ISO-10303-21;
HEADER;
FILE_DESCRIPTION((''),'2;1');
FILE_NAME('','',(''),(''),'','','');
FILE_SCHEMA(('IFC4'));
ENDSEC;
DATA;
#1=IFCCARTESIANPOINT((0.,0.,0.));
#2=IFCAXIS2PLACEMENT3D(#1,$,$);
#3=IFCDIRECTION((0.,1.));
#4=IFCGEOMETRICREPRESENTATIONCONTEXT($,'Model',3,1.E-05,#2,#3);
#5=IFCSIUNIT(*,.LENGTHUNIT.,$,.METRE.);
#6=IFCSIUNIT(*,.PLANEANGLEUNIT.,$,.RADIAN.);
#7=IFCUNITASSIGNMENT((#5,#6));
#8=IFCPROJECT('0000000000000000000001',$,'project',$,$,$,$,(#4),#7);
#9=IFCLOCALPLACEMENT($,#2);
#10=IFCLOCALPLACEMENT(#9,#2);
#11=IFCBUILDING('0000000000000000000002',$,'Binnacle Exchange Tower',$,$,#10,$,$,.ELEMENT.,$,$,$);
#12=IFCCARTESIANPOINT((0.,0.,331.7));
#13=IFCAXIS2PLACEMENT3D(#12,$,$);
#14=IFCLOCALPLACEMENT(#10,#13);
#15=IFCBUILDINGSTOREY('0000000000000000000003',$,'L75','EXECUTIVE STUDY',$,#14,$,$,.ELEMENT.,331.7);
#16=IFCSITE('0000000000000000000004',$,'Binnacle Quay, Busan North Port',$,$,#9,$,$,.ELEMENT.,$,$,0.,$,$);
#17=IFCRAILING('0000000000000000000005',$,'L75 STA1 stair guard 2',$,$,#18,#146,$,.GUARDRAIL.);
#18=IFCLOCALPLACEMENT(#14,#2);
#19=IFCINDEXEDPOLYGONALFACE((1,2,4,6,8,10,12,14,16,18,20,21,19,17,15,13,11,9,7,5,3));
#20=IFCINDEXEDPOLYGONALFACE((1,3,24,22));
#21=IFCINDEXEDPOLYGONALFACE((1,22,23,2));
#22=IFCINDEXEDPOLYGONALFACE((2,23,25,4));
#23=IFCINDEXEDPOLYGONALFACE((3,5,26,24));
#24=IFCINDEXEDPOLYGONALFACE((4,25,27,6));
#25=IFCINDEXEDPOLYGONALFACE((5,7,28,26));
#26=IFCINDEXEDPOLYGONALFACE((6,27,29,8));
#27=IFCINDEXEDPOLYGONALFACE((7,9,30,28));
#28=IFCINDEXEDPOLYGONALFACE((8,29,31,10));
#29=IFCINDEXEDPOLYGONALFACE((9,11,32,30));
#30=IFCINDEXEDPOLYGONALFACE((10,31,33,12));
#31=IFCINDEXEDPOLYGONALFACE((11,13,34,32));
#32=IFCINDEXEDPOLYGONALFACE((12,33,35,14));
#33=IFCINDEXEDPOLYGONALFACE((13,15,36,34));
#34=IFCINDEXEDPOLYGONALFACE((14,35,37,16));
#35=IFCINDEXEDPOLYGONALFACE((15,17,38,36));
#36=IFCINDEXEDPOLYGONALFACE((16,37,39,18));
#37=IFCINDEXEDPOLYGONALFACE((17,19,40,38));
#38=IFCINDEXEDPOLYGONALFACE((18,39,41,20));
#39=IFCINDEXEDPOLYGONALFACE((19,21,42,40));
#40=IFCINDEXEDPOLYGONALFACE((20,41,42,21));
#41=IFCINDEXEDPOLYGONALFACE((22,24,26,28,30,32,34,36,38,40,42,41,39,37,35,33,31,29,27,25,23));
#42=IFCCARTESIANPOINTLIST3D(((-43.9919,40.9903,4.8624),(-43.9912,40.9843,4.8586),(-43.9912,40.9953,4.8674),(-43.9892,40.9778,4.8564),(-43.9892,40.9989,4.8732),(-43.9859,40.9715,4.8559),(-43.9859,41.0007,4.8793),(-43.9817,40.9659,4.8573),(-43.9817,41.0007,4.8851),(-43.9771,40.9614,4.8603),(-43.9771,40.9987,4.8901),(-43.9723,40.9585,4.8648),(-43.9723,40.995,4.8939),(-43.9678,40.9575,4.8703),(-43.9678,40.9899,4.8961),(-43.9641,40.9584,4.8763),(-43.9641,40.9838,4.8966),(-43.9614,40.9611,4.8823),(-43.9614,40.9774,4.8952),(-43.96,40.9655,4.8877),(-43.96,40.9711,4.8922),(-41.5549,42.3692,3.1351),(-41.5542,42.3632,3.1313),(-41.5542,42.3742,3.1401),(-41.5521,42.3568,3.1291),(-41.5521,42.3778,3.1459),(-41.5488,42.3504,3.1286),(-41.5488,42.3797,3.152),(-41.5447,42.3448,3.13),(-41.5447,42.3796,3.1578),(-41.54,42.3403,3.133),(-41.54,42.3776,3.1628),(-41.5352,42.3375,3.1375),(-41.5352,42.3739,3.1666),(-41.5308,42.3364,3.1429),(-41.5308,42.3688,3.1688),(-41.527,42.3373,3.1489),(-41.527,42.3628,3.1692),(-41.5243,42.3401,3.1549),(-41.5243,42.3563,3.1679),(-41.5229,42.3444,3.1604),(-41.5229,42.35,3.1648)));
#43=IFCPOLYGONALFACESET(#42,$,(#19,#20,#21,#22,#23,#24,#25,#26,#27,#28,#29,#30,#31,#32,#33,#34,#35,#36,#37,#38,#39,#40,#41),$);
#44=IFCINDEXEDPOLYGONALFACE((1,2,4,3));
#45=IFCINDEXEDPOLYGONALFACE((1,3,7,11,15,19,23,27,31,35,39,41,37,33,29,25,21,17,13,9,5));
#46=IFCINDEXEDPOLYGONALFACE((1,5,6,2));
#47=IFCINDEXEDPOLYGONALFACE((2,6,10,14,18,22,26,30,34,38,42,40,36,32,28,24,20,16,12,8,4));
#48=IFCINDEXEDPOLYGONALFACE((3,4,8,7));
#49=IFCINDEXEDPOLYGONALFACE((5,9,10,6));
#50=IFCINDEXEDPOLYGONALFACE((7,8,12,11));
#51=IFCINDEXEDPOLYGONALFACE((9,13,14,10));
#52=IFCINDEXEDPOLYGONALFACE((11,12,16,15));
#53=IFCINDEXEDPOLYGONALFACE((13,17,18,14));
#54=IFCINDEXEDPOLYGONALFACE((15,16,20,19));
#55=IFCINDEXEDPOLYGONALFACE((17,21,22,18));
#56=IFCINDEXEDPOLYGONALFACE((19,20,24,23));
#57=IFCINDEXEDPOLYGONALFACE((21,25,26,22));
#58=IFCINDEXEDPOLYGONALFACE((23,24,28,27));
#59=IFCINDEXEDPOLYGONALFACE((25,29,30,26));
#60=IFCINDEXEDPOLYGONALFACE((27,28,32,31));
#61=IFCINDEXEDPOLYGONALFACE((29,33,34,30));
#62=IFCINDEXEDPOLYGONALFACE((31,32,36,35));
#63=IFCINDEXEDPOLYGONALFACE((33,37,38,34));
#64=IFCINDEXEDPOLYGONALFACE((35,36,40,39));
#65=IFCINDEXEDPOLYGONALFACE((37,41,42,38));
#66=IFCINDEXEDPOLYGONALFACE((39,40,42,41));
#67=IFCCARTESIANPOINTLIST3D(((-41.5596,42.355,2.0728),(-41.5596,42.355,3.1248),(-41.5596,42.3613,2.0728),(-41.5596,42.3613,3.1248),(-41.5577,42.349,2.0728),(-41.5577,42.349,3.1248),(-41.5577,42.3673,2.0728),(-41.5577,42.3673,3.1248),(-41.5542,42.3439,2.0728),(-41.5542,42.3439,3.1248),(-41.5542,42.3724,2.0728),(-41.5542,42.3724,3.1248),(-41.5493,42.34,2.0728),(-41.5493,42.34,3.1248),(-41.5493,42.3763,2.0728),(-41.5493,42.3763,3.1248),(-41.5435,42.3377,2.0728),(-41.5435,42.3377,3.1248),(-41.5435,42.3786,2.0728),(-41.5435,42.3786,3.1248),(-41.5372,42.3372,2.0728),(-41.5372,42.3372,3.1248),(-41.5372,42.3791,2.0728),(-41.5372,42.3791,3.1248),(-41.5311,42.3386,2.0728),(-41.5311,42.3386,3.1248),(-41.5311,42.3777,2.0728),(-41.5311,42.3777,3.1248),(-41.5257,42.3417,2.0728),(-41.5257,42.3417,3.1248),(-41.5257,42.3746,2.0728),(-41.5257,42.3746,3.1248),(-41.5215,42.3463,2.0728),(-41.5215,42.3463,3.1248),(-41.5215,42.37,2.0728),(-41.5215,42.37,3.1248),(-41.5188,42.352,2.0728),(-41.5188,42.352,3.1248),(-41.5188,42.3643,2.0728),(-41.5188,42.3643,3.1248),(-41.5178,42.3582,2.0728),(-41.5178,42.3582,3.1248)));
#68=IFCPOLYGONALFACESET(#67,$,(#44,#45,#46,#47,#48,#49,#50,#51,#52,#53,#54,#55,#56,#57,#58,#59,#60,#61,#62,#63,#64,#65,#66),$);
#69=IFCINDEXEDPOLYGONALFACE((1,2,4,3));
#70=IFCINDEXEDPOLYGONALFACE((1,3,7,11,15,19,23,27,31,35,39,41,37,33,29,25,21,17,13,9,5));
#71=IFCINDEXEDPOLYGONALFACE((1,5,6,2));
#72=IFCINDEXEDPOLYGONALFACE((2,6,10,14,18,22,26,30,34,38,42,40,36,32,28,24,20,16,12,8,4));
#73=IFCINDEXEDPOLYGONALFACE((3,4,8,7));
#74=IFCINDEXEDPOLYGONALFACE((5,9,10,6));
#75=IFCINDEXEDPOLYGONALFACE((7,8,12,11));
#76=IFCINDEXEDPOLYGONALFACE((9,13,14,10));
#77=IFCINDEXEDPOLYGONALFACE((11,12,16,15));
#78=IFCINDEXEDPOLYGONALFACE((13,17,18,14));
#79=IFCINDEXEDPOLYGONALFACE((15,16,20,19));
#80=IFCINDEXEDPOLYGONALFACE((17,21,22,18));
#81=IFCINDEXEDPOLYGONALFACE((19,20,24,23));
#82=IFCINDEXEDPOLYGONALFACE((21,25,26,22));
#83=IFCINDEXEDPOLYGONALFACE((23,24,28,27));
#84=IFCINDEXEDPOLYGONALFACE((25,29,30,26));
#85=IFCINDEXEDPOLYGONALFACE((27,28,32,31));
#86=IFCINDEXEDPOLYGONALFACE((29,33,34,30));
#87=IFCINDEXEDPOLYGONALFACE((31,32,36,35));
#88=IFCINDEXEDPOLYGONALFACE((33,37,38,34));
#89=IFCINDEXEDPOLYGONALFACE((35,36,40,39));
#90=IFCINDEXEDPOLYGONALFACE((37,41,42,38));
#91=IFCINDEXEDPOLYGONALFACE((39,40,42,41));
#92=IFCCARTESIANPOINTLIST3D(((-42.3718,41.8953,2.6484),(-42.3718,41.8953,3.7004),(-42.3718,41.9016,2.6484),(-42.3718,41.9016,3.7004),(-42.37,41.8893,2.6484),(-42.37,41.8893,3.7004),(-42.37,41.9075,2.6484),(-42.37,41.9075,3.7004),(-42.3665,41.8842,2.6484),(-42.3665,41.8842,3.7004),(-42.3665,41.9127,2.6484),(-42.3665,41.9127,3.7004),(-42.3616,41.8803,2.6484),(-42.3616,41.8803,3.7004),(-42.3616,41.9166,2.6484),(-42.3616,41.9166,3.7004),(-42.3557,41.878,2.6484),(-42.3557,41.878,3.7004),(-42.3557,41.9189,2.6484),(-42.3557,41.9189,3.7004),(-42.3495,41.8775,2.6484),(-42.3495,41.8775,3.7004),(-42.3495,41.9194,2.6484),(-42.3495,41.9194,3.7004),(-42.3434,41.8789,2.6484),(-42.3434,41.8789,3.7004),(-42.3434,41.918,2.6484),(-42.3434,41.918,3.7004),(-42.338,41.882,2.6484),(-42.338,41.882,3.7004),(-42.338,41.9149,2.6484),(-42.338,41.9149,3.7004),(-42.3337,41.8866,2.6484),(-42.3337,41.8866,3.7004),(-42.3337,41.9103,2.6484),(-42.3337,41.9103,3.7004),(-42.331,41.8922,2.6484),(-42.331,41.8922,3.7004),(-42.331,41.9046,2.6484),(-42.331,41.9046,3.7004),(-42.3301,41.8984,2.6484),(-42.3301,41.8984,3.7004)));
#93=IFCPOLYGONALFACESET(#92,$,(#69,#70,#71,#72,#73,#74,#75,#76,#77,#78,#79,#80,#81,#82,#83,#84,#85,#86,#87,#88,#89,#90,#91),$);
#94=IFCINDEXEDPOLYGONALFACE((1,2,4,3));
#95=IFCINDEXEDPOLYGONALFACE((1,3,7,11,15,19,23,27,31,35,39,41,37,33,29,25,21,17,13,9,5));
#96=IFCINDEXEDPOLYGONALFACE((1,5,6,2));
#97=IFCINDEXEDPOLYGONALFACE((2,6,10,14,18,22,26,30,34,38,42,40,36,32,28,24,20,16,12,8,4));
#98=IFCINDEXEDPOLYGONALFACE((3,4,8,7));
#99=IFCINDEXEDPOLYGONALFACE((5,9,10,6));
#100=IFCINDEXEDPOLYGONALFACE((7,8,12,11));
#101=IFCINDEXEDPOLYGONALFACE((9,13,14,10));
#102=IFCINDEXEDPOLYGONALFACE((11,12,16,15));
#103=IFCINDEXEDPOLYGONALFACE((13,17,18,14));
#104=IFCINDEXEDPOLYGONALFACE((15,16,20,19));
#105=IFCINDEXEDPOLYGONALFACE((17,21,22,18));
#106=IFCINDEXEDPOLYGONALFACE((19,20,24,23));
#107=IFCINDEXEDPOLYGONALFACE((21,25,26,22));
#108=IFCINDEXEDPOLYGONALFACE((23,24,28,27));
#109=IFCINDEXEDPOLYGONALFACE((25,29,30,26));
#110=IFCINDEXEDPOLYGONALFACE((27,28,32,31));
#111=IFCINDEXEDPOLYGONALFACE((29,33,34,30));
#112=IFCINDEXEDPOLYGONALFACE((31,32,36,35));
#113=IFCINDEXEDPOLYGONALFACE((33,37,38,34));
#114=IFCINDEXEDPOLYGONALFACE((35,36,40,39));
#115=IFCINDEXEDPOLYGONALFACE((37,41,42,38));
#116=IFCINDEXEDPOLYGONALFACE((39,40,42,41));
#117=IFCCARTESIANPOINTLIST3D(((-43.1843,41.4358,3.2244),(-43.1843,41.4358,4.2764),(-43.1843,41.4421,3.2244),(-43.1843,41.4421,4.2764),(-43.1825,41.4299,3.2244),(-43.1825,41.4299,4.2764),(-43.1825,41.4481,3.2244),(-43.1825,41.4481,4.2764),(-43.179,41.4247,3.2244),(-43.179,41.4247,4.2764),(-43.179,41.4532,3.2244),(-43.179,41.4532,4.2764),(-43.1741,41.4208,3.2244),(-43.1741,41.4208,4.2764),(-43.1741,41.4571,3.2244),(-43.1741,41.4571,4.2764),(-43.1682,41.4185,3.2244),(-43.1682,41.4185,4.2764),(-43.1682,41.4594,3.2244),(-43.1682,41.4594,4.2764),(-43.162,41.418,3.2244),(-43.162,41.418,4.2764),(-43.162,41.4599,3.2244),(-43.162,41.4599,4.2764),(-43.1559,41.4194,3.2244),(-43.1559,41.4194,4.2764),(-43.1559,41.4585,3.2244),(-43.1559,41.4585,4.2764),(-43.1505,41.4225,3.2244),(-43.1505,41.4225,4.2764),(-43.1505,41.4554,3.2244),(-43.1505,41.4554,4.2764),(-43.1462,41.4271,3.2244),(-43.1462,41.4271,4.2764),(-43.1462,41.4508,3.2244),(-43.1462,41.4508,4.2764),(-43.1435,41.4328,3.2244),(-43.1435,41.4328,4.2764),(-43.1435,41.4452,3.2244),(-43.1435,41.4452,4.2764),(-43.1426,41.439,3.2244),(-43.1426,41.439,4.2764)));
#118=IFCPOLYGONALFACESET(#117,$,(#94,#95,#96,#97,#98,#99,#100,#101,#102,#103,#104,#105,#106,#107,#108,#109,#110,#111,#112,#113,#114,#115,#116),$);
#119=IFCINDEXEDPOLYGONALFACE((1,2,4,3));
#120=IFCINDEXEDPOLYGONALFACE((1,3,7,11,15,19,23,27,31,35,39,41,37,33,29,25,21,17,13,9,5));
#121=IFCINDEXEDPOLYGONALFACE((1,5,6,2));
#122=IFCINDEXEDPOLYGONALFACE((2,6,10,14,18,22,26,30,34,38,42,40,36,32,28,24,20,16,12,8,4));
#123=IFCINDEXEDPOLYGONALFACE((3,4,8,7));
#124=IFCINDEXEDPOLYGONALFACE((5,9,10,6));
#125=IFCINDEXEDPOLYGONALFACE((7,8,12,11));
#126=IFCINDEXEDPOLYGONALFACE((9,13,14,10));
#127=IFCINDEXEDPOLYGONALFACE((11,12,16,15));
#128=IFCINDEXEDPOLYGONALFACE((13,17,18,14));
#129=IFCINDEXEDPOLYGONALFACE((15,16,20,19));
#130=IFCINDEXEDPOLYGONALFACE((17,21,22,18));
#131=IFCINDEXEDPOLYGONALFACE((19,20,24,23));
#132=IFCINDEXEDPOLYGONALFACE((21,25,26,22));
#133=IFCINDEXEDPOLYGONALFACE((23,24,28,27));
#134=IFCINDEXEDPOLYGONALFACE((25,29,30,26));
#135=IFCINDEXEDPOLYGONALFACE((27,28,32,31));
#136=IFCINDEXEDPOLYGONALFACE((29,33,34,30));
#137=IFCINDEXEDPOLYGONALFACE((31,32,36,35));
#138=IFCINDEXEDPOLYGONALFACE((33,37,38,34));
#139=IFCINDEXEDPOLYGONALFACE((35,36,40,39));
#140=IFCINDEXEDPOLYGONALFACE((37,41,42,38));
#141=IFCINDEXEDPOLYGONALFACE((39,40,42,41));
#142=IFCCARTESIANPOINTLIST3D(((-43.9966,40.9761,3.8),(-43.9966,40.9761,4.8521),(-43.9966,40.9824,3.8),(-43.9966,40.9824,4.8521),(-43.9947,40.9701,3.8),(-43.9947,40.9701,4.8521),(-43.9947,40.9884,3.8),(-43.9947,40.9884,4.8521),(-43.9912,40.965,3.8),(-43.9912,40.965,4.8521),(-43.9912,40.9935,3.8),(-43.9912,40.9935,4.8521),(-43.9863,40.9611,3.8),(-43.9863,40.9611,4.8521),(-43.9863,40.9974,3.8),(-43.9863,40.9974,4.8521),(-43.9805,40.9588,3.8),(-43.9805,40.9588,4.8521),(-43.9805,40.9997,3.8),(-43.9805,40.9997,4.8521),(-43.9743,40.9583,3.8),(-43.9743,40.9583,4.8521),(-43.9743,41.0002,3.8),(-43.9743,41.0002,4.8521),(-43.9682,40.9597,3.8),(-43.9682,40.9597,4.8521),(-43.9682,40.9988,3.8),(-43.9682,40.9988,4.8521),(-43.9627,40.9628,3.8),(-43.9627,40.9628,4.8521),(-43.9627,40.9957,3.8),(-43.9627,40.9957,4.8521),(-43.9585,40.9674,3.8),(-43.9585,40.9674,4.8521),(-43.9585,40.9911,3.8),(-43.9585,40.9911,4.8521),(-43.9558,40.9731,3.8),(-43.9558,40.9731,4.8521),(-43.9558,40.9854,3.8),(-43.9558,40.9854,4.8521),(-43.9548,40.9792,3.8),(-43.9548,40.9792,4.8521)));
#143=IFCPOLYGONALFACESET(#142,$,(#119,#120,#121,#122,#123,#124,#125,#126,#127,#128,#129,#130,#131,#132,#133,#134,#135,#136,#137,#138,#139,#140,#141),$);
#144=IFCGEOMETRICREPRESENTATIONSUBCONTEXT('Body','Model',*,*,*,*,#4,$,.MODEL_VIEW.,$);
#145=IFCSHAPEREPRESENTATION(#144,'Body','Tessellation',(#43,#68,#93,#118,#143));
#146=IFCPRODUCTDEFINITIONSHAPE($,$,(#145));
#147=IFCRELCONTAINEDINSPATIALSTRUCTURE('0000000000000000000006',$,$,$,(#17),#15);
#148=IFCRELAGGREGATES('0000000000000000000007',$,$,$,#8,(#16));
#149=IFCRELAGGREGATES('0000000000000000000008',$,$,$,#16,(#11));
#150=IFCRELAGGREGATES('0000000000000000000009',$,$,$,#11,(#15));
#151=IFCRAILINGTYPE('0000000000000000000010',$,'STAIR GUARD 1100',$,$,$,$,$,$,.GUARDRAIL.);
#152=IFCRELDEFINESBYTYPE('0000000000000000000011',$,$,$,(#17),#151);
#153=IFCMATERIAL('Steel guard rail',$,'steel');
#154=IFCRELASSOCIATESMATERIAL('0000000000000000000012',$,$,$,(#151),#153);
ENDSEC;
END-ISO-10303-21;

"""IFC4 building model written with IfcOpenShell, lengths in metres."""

from ifc_helpers import new_model, si_unit, direction, frame, origin, origin_2d, place, context, subcontext, project, spatial, circle, extrude, material, type_object, element, save


model = new_model("IFC4")

# Units and contexts
model_context = context("Model", 3, precision=1e-05, world=origin(), true_north=direction((0.0, 1.0)))
body_context = subcontext(model_context, "Body", "Model", "MODEL_VIEW")
ifc_project = project(units=[si_unit("LENGTHUNIT", "METRE"), si_unit("PLANEANGLEUNIT", "RADIAN")], contexts=[model_context])

# Site, building, storey
site_placement = place(None, origin())
site = spatial("IfcSite", under=ifc_project, at=site_placement, Name="Binnacle Quay, Busan North Port", CompositionType="ELEMENT", RefElevation=0.0)
building_placement = place(site_placement, origin())
building = spatial("IfcBuilding", under=site, at=building_placement, Name="Binnacle Exchange Tower", CompositionType="ELEMENT")
storey_placement = place(building_placement, frame((0.0, 0.0, 331.7)))
storey = spatial("IfcBuildingStorey", under=building, at=storey_placement, Name="L75", Description="EXECUTIVE STUDY", CompositionType="ELEMENT", Elevation=331.7)

# Railing
ifc_material_1 = material(Name="Steel guard rail", Category="steel")
railing_type_1 = type_object("IfcRailingType", Name="STAIR GUARD 1100", PredefinedType="GUARDRAIL", material=ifc_material_1)
railing_1_placement = place(storey_placement, frame((-41.5388, 42.3582, 2.0728)))
element("IfcRailing", 1, at=railing_1_placement, inside=storey, type_object=railing_type_1, Name="L75 STA1 stair guard 2", PredefinedType="GUARDRAIL", context=body_context, shape_type="SweptSolid", body=[
    extrude(circle(Radius=0.0239, at=origin_2d()), frame((0.0, 0.0, 1.0762), z_axis=(-0.740738, -0.419123, 0.525017), x_axis=(0.492454, -0.870339, 0.0)), (0.0, 0.0, 1.0), 3.29),
    extrude(circle(Radius=0.021, at=origin_2d()), origin(), (0.0, 0.0, 1.0), 1.052),
    extrude(circle(Radius=0.021, at=origin_2d()), frame((-0.8123, -0.4597, 0.5757)), (0.0, 0.0, 1.0), 1.052),
    extrude(circle(Radius=0.021, at=origin_2d()), frame((-1.6248, -0.9192, 1.1516)), (0.0, 0.0, 1.0), 1.052),
    extrude(circle(Radius=0.021, at=origin_2d()), frame((-2.437, -1.3789, 1.7273)), (0.0, 0.0, 1.0), 1.052),
])

save(model, "model.ifc")
